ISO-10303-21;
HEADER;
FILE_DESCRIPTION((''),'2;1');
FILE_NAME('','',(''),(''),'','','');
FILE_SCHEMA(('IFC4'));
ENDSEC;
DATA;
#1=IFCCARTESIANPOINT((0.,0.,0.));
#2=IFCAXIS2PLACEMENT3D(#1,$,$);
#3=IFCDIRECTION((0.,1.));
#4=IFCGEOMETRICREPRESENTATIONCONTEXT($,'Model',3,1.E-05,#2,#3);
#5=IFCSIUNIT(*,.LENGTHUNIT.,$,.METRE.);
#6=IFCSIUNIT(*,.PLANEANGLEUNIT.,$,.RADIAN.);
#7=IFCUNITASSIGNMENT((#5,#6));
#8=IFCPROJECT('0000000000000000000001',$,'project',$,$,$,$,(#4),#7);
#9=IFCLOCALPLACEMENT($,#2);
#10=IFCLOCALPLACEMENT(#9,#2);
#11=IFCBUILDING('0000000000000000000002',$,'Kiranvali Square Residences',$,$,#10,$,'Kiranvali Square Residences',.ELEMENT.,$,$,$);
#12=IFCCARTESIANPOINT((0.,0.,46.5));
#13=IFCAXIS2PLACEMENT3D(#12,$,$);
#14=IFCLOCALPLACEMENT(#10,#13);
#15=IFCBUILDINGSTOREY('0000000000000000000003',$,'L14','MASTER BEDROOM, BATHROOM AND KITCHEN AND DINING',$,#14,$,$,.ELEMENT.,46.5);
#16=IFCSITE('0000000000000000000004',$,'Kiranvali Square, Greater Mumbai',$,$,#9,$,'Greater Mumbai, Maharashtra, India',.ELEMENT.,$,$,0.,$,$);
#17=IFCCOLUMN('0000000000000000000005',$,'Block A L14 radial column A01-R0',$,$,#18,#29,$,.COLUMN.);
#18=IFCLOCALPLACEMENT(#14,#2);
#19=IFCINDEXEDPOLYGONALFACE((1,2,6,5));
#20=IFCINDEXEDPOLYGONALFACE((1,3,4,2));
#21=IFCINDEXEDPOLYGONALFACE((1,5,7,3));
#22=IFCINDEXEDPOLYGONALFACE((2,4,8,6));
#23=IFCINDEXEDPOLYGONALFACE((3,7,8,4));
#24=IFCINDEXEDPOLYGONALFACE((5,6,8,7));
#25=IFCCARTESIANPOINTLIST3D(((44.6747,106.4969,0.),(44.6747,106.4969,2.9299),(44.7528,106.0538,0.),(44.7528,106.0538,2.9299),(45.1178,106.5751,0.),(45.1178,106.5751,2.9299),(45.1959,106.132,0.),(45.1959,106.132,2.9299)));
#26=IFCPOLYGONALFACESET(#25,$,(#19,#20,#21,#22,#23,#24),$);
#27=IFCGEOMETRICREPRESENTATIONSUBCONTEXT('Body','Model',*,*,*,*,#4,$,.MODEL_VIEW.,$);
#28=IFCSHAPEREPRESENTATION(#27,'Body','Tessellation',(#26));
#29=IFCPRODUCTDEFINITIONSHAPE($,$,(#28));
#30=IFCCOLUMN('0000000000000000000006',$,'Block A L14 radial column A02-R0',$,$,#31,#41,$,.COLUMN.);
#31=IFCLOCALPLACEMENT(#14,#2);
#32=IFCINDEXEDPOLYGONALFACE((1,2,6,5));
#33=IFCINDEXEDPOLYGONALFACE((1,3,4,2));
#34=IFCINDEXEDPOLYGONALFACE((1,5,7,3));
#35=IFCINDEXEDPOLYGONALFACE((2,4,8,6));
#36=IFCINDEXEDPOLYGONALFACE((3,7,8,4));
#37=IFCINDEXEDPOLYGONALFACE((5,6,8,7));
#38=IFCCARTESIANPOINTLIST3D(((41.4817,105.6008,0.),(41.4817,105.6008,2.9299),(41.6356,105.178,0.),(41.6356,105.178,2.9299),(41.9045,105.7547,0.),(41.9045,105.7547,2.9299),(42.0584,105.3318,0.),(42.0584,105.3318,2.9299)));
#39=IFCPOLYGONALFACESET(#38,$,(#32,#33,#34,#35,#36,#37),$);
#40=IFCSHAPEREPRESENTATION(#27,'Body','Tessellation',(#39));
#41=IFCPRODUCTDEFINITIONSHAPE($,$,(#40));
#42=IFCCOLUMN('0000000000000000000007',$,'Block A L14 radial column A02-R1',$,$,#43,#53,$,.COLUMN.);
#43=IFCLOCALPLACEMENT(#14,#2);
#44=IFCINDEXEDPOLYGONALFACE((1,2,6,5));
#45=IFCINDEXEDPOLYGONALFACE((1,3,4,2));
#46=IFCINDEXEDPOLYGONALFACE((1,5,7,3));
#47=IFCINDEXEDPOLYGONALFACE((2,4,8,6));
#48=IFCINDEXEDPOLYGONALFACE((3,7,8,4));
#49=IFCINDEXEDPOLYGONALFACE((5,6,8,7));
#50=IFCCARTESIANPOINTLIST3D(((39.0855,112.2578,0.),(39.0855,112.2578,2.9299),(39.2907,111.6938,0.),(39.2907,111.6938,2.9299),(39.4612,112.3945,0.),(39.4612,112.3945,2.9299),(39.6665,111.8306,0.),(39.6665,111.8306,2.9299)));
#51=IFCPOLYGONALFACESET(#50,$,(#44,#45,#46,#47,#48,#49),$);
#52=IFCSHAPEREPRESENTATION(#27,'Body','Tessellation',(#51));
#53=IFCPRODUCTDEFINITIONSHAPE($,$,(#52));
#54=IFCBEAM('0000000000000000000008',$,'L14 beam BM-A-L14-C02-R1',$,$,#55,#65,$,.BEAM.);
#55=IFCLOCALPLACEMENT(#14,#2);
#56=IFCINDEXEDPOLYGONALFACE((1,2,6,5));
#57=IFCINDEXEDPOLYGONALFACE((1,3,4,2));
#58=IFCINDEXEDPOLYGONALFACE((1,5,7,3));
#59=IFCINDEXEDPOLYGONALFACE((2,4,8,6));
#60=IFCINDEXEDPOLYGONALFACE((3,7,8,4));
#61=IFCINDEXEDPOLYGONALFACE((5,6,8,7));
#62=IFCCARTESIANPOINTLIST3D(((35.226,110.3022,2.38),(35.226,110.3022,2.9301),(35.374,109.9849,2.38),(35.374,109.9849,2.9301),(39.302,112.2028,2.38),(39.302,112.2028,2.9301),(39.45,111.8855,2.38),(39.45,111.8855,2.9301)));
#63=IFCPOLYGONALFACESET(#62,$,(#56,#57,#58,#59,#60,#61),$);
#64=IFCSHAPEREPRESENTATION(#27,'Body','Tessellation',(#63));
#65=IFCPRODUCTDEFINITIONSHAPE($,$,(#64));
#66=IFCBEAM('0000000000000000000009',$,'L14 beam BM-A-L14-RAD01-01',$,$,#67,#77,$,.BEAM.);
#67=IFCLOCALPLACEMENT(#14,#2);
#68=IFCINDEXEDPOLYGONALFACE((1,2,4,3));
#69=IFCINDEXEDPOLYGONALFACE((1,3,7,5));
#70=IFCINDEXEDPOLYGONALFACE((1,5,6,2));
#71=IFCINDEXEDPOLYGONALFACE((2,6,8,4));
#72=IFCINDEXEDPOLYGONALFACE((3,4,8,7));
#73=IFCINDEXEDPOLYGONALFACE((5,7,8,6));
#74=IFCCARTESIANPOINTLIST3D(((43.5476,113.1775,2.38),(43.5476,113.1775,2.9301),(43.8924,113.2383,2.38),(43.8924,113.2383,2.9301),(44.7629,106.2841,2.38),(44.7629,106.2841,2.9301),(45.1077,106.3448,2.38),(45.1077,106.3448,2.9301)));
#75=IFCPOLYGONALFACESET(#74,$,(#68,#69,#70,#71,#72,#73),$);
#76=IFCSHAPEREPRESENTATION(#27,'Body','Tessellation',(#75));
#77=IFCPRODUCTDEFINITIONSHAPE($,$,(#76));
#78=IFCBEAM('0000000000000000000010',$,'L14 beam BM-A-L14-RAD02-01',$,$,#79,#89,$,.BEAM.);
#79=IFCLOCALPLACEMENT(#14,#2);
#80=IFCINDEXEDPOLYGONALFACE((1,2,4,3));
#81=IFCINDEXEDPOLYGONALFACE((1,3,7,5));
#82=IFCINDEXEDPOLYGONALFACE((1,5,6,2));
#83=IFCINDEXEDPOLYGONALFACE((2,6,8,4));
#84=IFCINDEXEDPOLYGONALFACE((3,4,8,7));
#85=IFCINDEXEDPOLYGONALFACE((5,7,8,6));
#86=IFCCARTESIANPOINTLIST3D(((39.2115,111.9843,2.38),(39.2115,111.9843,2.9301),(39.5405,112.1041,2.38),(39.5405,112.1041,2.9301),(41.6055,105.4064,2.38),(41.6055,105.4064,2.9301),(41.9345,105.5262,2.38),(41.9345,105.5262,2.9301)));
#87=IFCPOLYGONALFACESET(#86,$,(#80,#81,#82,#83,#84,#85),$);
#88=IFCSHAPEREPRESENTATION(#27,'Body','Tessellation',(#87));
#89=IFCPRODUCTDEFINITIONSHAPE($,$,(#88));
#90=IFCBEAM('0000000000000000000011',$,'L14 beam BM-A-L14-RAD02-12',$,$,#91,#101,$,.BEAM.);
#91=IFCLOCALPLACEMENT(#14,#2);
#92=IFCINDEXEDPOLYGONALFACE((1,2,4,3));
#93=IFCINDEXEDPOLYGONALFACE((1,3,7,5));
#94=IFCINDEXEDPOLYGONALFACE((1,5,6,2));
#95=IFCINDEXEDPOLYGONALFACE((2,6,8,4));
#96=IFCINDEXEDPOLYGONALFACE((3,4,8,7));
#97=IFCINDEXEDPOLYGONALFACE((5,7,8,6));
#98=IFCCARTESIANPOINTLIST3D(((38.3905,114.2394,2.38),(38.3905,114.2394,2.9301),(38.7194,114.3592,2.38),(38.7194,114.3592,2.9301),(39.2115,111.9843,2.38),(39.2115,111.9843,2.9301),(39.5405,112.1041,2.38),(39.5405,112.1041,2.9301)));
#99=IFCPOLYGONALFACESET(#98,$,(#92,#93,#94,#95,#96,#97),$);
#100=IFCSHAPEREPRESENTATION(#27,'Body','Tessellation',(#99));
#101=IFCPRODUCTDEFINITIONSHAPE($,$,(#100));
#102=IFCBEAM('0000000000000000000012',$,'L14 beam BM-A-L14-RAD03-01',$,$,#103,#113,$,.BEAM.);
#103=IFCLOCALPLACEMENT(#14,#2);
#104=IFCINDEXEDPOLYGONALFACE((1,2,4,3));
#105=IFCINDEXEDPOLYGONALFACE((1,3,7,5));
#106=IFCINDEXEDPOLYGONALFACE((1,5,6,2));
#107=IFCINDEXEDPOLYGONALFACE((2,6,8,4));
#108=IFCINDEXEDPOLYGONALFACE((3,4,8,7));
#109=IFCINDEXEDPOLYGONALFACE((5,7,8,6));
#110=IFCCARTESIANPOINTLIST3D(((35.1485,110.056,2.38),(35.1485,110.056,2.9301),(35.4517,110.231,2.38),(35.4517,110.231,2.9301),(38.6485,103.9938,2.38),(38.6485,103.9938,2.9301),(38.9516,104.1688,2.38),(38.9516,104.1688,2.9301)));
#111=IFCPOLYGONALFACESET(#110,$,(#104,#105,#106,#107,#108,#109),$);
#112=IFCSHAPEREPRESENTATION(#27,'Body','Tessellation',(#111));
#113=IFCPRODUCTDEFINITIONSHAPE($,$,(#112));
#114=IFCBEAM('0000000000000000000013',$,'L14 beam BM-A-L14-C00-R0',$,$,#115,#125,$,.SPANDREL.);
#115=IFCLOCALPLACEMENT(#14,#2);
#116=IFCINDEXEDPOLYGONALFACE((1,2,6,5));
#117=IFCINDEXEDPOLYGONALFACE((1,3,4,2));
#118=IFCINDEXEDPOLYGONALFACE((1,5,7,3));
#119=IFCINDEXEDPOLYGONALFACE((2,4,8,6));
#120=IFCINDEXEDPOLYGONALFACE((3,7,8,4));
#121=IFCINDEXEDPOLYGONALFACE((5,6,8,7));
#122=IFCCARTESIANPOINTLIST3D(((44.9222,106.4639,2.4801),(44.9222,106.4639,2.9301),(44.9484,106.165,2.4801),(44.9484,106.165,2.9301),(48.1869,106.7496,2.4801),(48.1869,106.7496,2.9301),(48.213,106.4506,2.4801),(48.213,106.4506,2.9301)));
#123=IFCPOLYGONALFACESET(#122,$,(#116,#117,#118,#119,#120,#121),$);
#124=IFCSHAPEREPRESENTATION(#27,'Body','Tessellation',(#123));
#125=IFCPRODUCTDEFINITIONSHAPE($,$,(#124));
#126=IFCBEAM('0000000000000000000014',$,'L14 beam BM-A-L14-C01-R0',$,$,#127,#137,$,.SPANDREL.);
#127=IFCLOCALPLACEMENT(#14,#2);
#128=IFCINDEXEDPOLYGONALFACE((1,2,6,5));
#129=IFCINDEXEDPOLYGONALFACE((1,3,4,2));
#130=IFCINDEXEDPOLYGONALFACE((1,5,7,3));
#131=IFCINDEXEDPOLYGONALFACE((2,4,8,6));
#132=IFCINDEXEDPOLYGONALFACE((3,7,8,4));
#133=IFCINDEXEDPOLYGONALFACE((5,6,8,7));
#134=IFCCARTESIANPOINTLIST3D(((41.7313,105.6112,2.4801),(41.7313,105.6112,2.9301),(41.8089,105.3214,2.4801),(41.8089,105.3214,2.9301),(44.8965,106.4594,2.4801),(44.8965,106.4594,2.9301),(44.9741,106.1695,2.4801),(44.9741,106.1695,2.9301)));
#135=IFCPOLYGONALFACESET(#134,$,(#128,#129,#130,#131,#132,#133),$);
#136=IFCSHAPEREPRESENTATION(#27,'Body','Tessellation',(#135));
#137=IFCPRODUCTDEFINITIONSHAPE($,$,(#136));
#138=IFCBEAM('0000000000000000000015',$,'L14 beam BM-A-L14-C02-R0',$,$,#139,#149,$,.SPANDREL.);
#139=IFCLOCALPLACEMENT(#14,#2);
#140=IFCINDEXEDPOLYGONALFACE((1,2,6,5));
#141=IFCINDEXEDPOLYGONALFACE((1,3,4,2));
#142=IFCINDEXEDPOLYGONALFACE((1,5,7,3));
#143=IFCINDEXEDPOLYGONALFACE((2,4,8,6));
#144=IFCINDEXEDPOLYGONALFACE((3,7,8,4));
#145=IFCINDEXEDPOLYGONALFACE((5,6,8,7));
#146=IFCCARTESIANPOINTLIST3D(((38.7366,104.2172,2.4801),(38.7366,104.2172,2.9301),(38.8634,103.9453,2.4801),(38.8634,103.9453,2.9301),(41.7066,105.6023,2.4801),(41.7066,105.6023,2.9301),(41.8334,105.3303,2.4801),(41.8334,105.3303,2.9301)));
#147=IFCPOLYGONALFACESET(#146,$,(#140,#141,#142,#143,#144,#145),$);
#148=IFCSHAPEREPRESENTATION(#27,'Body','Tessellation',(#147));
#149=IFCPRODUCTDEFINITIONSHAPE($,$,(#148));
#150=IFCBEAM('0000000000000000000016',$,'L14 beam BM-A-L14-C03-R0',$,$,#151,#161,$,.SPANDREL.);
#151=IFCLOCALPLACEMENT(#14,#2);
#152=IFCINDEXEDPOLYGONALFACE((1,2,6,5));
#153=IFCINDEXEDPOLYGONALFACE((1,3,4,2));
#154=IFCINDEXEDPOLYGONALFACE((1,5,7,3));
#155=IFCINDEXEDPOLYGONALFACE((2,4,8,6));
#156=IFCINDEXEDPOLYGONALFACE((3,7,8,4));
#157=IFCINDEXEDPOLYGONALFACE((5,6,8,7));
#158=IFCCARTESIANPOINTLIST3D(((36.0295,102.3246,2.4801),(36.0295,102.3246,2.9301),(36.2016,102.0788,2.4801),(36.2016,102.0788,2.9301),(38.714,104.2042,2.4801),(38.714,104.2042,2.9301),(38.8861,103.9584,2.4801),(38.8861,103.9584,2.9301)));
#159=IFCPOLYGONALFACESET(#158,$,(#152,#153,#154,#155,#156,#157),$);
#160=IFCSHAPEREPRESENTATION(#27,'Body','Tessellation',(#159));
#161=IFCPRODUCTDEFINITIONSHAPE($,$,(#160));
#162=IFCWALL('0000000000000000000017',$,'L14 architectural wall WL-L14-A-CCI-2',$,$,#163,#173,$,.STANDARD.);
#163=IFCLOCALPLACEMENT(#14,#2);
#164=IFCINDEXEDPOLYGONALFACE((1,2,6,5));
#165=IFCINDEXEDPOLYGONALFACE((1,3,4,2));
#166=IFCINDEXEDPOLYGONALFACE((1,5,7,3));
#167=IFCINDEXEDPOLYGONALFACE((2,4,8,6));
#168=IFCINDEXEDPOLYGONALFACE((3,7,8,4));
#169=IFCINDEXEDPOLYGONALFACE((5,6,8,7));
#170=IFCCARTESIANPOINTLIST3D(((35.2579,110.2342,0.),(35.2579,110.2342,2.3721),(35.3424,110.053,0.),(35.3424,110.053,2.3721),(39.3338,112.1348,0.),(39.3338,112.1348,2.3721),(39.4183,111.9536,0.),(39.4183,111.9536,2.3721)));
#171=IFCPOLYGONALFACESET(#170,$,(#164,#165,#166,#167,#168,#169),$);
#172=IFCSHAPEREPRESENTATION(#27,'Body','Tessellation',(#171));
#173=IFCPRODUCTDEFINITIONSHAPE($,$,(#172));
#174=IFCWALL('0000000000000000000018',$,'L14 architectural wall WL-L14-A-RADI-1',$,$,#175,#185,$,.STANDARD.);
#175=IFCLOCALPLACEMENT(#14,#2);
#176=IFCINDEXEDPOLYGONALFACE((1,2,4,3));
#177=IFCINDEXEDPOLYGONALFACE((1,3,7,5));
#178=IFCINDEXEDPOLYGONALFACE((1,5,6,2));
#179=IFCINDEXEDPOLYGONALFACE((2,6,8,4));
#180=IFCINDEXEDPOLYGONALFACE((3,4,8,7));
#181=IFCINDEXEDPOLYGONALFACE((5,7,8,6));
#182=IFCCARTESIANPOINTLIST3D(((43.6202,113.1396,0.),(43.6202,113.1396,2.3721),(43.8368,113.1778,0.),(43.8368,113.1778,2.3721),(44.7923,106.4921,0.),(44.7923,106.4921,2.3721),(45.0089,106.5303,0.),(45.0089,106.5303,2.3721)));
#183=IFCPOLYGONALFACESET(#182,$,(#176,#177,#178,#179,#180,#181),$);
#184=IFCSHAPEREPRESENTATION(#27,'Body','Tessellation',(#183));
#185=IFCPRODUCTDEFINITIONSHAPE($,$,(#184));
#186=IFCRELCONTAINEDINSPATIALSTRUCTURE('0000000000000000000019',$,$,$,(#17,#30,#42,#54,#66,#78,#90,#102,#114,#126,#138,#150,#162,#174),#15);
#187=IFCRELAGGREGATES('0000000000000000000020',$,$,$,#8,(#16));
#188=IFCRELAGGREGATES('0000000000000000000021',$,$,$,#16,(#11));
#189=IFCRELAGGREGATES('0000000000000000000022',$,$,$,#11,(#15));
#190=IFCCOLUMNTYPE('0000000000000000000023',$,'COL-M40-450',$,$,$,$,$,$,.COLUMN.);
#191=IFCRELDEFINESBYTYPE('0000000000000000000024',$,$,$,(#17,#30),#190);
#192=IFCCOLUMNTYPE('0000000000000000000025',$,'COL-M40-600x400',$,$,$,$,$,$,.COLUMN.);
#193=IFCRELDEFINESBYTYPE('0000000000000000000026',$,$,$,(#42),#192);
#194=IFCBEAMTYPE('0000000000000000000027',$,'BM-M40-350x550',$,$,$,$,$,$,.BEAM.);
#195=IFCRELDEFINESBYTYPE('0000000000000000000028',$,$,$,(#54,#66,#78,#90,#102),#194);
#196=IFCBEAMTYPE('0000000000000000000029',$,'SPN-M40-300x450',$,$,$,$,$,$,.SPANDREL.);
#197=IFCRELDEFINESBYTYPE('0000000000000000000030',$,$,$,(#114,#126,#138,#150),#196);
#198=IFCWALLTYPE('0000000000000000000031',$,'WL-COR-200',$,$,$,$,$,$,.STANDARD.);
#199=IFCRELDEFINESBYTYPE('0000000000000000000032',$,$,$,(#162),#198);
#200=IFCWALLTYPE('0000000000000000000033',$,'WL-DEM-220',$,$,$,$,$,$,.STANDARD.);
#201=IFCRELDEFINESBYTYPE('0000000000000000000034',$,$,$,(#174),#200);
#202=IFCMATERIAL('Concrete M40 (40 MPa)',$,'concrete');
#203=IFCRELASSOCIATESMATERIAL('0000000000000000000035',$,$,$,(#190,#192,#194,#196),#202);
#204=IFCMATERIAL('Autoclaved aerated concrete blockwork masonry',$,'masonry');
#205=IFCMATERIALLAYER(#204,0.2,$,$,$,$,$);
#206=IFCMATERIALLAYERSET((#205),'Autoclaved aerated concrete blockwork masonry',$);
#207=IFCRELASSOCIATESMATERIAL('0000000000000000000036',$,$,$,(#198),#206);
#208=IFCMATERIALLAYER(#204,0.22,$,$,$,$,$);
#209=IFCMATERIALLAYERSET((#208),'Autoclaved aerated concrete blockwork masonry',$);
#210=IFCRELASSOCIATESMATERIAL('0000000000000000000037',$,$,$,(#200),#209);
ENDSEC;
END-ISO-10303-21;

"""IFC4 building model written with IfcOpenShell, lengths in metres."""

from ifc_helpers import new_model, si_unit, direction, frame, frame_2d, origin, origin_2d, place, context, subcontext, project, spatial, rectangle, extrude, material, layer, layer_set, material_profile, profile_set, type_object, element, save


model = new_model("IFC4")

# Units and contexts
model_context = context("Model", 3, precision=1e-05, world=origin(), true_north=direction((0.0, 1.0)))
body_context = subcontext(model_context, "Body", "Model", "MODEL_VIEW")
ifc_project = project(units=[si_unit("LENGTHUNIT", "METRE"), si_unit("PLANEANGLEUNIT", "RADIAN")], contexts=[model_context])

# Site, building, storey
site_placement = place(None, origin())
site = spatial("IfcSite", under=ifc_project, at=site_placement, Name="Kiranvali Square, Greater Mumbai", LongName="Greater Mumbai, Maharashtra, India", CompositionType="ELEMENT", RefElevation=0.0)
building_placement = place(site_placement, origin())
building = spatial("IfcBuilding", under=site, at=building_placement, Name="Kiranvali Square Residences", LongName="Kiranvali Square Residences", CompositionType="ELEMENT")
storey_placement = place(building_placement, frame((0.0, 0.0, 46.5)))
storey = spatial("IfcBuildingStorey", under=building, at=storey_placement, Name="L14", Description="MASTER BEDROOM, BATHROOM AND KITCHEN AND DINING", CompositionType="ELEMENT", Elevation=46.5)

# Columns
ifc_material_1 = material(Name="Concrete M40 (40 MPa)", Category="concrete")
ifc_material_profile_1 = material_profile(ifc_material_1, rectangle(XDim=0.45, YDim=0.45, at=origin_2d()), Name="RC 450x450")
ifc_profile_set_1 = profile_set([ifc_material_profile_1], Name="Concrete M40 (40 MPa)")
column_type_1 = type_object("IfcColumnType", Name="COL-M40-450", PredefinedType="COLUMN", material=ifc_profile_set_1)
for number, where, z_axis, x_axis, name in (
    (1, (44.9353, 106.3145, 0.0), (0.0, 0.0, 1.0), (0.984808, 0.173648, 0.0), "Block A L14 radial column A01-R0"),
    (2, (41.77, 105.4663, 0.0), (0.0, 0.0, 1.0), (0.939693, 0.34202, 0.0), "Block A L14 radial column A02-R0"),
):
    element("IfcColumn", number, at=place(storey_placement, frame(where, z_axis=z_axis, x_axis=x_axis)), inside=storey, type_object=column_type_1, Name=name, PredefinedType="COLUMN", context=body_context, shape_type="SweptSolid", body=[
        extrude(rectangle(XDim=0.45, YDim=0.45, at=origin_2d()), origin(), (0.0, 0.0, 1.0), 2.9299),
    ])
ifc_material_profile_2 = material_profile(ifc_material_1, rectangle(XDim=0.3999, YDim=0.6001, at=origin_2d()), Name="RC 600x400")
ifc_profile_set_2 = profile_set([ifc_material_profile_2], Name="Concrete M40 (40 MPa)")
column_type_2 = type_object("IfcColumnType", Name="COL-M40-600x400", PredefinedType="COLUMN", material=ifc_profile_set_2)
column_placement = place(storey_placement, frame((39.376, 112.0442, 0.0), z_axis=(0.0, 0.0, 1.0), x_axis=(0.939693, 0.34202, 0.0)))
element("IfcColumn", 3, at=column_placement, inside=storey, type_object=column_type_2, Name="Block A L14 radial column A02-R1", PredefinedType="COLUMN", context=body_context, shape_type="SweptSolid", body=[
    extrude(rectangle(XDim=0.3999, YDim=0.6001, at=origin_2d()), origin(), (0.0, 0.0, 1.0), 2.9299),
])

# Beams
ifc_material_profile_3 = material_profile(ifc_material_1, rectangle(XDim=0.3501, YDim=0.55, at=origin_2d()), Name="RC 350x550")
ifc_profile_set_3 = profile_set([ifc_material_profile_3], Name="Concrete M40 (40 MPa)")
beam_type_1 = type_object("IfcBeamType", Name="BM-M40-350x550", PredefinedType="BEAM", material=ifc_profile_set_3)
beam_1_placement = place(storey_placement, frame((39.376, 112.0442, 2.655), z_axis=(-0.906308, -0.422618, 0.0), x_axis=(0.422618, -0.906308, 0.0)))
element("IfcBeam", 4, at=beam_1_placement, inside=storey, type_object=beam_type_1, Name="L14 beam BM-A-L14-C02-R1", PredefinedType="BEAM", context=body_context, shape_type="SweptSolid", body=[
    extrude(rectangle(XDim=0.3501, YDim=0.55, at=origin_2d()), origin(), (0.0, 0.0, 1.0), 4.4973),
])
beam_2_placement = place(storey_placement, frame((44.9353, 106.3145, 2.655), z_axis=(-0.173622, 0.984812, 0.0), x_axis=(-0.984812, -0.173622, 0.0)))
element("IfcBeam", 5, at=beam_2_placement, inside=storey, type_object=beam_type_1, Name="L14 beam BM-A-L14-RAD01-01", PredefinedType="BEAM", context=body_context, shape_type="SweptSolid", body=[
    extrude(rectangle(XDim=0.3501, YDim=0.55, at=origin_2d()), origin(), (0.0, 0.0, 1.0), 6.9998),
])
beam_3_placement = place(storey_placement, frame((41.77, 105.4663, 2.655), z_axis=(-0.342006, 0.939698, 0.0), x_axis=(-0.939698, -0.342006, 0.0)))
element("IfcBeam", 6, at=beam_3_placement, inside=storey, type_object=beam_type_1, Name="L14 beam BM-A-L14-RAD02-01", PredefinedType="BEAM", context=body_context, shape_type="SweptSolid", body=[
    extrude(rectangle(XDim=0.3501, YDim=0.55, at=origin_2d()), origin(), (0.0, 0.0, 1.0), 7.0),
])
beam_4_placement = place(storey_placement, frame((39.376, 112.0442, 2.655), z_axis=(-0.342111, 0.93966, 0.0), x_axis=(-0.93966, -0.342111, 0.0)))
element("IfcBeam", 7, at=beam_4_placement, inside=storey, type_object=beam_type_1, Name="L14 beam BM-A-L14-RAD02-12", PredefinedType="BEAM", context=body_context, shape_type="SweptSolid", body=[
    extrude(rectangle(XDim=0.3501, YDim=0.55, at=origin_2d()), origin(), (0.0, 0.0, 1.0), 2.3999),
])
beam_5_placement = place(storey_placement, frame((38.8, 104.0813, 2.655), z_axis=(-0.499995, 0.866028, 0.0), x_axis=(-0.866028, -0.499995, 0.0)))
element("IfcBeam", 8, at=beam_5_placement, inside=storey, type_object=beam_type_1, Name="L14 beam BM-A-L14-RAD03-01", PredefinedType="BEAM", context=body_context, shape_type="SweptSolid", body=[
    extrude(rectangle(XDim=0.3501, YDim=0.55, at=origin_2d()), origin(), (0.0, 0.0, 1.0), 7.0),
])
ifc_material_profile_4 = material_profile(ifc_material_1, rectangle(XDim=0.3, YDim=0.45, at=origin_2d()), Name="RC 300x450")
ifc_profile_set_4 = profile_set([ifc_material_profile_4], Name="Concrete M40 (40 MPa)")
beam_type_2 = type_object("IfcBeamType", Name="SPN-M40-300x450", PredefinedType="SPANDREL", material=ifc_profile_set_4)
beam_6_placement = place(storey_placement, frame((48.2, 106.6001, 2.7051), z_axis=(-0.996194, -0.087163, 0.0), x_axis=(0.087163, -0.996194, 0.0)))
element("IfcBeam", 9, at=beam_6_placement, inside=storey, type_object=beam_type_2, Name="L14 beam BM-A-L14-C00-R0", PredefinedType="SPANDREL", context=body_context, shape_type="SweptSolid", body=[
    extrude(rectangle(XDim=0.3, YDim=0.45, at=origin_2d()), origin(), (0.0, 0.0, 1.0), 3.2771),
])
beam_7_placement = place(storey_placement, frame((44.9353, 106.3145, 2.7051), z_axis=(-0.965925, -0.258822, 0.0), x_axis=(0.258822, -0.965925, 0.0)))
element("IfcBeam", 10, at=beam_7_placement, inside=storey, type_object=beam_type_2, Name="L14 beam BM-A-L14-C01-R0", PredefinedType="SPANDREL", context=body_context, shape_type="SweptSolid", body=[
    extrude(rectangle(XDim=0.3, YDim=0.45, at=origin_2d()), origin(), (0.0, 0.0, 1.0), 3.2769),
])
for number, where, z_axis, x_axis, name in (
    (11, (41.77, 105.4663, 2.7051), (-0.906297, -0.422641, 0.0), (0.422641, -0.906297, 0.0), "L14 beam BM-A-L14-C02-R0"),
    (12, (38.8, 104.0813, 2.7051), (-0.819169, -0.573552, 0.0), (0.573552, -0.819169, 0.0), "L14 beam BM-A-L14-C03-R0"),
):
    element("IfcBeam", number, at=place(storey_placement, frame(where, z_axis=z_axis, x_axis=x_axis)), inside=storey, type_object=beam_type_2, Name=name, PredefinedType="SPANDREL", context=body_context, shape_type="SweptSolid", body=[
        extrude(rectangle(XDim=0.3, YDim=0.45, at=origin_2d()), origin(), (0.0, 0.0, 1.0), 3.2771),
    ])

# Walls
ifc_material_2 = material(Name="Autoclaved aerated concrete blockwork masonry", Category="masonry")
ifc_layer_1 = layer(ifc_material_2, 0.2)
ifc_layer_set_1 = layer_set([ifc_layer_1], Name="Autoclaved aerated concrete blockwork masonry")
wall_type_1 = type_object("IfcWallType", Name="WL-COR-200", PredefinedType="STANDARD", material=ifc_layer_set_1)
wall_1_placement = place(storey_placement, frame((39.376, 112.0442, 0.0), z_axis=(0.0, 0.0, 1.0), x_axis=(-0.906308, -0.422618, 0.0)))
element("IfcWall", 13, at=wall_1_placement, inside=storey, type_object=wall_type_1, Name="L14 architectural wall WL-L14-A-CCI-2", PredefinedType="STANDARD", context=body_context, shape_type="SweptSolid", body=[
    extrude(rectangle(XDim=4.4973, YDim=0.2, at=frame_2d((2.2485, 0.0))), origin(), (0.0, 0.0, 1.0), 2.3721),
])
ifc_layer_2 = layer(ifc_material_2, 0.22)
ifc_layer_set_2 = layer_set([ifc_layer_2], Name="Autoclaved aerated concrete blockwork masonry")
wall_type_2 = type_object("IfcWallType", Name="WL-DEM-220", PredefinedType="STANDARD", material=ifc_layer_set_2)
wall_2_placement = place(storey_placement, frame((44.9006, 106.5112, 0.0), z_axis=(0.0, 0.0, 1.0), x_axis=(-0.173647, 0.984808, 0.0)))
element("IfcWall", 14, at=wall_2_placement, inside=storey, type_object=wall_type_2, Name="L14 architectural wall WL-L14-A-RADI-1", PredefinedType="STANDARD", context=body_context, shape_type="SweptSolid", body=[
    extrude(rectangle(XDim=6.75, YDim=0.22, at=frame_2d((3.375, 0.0))), origin(), (0.0, 0.0, 1.0), 2.3721),
])

save(model, "model.ifc")
